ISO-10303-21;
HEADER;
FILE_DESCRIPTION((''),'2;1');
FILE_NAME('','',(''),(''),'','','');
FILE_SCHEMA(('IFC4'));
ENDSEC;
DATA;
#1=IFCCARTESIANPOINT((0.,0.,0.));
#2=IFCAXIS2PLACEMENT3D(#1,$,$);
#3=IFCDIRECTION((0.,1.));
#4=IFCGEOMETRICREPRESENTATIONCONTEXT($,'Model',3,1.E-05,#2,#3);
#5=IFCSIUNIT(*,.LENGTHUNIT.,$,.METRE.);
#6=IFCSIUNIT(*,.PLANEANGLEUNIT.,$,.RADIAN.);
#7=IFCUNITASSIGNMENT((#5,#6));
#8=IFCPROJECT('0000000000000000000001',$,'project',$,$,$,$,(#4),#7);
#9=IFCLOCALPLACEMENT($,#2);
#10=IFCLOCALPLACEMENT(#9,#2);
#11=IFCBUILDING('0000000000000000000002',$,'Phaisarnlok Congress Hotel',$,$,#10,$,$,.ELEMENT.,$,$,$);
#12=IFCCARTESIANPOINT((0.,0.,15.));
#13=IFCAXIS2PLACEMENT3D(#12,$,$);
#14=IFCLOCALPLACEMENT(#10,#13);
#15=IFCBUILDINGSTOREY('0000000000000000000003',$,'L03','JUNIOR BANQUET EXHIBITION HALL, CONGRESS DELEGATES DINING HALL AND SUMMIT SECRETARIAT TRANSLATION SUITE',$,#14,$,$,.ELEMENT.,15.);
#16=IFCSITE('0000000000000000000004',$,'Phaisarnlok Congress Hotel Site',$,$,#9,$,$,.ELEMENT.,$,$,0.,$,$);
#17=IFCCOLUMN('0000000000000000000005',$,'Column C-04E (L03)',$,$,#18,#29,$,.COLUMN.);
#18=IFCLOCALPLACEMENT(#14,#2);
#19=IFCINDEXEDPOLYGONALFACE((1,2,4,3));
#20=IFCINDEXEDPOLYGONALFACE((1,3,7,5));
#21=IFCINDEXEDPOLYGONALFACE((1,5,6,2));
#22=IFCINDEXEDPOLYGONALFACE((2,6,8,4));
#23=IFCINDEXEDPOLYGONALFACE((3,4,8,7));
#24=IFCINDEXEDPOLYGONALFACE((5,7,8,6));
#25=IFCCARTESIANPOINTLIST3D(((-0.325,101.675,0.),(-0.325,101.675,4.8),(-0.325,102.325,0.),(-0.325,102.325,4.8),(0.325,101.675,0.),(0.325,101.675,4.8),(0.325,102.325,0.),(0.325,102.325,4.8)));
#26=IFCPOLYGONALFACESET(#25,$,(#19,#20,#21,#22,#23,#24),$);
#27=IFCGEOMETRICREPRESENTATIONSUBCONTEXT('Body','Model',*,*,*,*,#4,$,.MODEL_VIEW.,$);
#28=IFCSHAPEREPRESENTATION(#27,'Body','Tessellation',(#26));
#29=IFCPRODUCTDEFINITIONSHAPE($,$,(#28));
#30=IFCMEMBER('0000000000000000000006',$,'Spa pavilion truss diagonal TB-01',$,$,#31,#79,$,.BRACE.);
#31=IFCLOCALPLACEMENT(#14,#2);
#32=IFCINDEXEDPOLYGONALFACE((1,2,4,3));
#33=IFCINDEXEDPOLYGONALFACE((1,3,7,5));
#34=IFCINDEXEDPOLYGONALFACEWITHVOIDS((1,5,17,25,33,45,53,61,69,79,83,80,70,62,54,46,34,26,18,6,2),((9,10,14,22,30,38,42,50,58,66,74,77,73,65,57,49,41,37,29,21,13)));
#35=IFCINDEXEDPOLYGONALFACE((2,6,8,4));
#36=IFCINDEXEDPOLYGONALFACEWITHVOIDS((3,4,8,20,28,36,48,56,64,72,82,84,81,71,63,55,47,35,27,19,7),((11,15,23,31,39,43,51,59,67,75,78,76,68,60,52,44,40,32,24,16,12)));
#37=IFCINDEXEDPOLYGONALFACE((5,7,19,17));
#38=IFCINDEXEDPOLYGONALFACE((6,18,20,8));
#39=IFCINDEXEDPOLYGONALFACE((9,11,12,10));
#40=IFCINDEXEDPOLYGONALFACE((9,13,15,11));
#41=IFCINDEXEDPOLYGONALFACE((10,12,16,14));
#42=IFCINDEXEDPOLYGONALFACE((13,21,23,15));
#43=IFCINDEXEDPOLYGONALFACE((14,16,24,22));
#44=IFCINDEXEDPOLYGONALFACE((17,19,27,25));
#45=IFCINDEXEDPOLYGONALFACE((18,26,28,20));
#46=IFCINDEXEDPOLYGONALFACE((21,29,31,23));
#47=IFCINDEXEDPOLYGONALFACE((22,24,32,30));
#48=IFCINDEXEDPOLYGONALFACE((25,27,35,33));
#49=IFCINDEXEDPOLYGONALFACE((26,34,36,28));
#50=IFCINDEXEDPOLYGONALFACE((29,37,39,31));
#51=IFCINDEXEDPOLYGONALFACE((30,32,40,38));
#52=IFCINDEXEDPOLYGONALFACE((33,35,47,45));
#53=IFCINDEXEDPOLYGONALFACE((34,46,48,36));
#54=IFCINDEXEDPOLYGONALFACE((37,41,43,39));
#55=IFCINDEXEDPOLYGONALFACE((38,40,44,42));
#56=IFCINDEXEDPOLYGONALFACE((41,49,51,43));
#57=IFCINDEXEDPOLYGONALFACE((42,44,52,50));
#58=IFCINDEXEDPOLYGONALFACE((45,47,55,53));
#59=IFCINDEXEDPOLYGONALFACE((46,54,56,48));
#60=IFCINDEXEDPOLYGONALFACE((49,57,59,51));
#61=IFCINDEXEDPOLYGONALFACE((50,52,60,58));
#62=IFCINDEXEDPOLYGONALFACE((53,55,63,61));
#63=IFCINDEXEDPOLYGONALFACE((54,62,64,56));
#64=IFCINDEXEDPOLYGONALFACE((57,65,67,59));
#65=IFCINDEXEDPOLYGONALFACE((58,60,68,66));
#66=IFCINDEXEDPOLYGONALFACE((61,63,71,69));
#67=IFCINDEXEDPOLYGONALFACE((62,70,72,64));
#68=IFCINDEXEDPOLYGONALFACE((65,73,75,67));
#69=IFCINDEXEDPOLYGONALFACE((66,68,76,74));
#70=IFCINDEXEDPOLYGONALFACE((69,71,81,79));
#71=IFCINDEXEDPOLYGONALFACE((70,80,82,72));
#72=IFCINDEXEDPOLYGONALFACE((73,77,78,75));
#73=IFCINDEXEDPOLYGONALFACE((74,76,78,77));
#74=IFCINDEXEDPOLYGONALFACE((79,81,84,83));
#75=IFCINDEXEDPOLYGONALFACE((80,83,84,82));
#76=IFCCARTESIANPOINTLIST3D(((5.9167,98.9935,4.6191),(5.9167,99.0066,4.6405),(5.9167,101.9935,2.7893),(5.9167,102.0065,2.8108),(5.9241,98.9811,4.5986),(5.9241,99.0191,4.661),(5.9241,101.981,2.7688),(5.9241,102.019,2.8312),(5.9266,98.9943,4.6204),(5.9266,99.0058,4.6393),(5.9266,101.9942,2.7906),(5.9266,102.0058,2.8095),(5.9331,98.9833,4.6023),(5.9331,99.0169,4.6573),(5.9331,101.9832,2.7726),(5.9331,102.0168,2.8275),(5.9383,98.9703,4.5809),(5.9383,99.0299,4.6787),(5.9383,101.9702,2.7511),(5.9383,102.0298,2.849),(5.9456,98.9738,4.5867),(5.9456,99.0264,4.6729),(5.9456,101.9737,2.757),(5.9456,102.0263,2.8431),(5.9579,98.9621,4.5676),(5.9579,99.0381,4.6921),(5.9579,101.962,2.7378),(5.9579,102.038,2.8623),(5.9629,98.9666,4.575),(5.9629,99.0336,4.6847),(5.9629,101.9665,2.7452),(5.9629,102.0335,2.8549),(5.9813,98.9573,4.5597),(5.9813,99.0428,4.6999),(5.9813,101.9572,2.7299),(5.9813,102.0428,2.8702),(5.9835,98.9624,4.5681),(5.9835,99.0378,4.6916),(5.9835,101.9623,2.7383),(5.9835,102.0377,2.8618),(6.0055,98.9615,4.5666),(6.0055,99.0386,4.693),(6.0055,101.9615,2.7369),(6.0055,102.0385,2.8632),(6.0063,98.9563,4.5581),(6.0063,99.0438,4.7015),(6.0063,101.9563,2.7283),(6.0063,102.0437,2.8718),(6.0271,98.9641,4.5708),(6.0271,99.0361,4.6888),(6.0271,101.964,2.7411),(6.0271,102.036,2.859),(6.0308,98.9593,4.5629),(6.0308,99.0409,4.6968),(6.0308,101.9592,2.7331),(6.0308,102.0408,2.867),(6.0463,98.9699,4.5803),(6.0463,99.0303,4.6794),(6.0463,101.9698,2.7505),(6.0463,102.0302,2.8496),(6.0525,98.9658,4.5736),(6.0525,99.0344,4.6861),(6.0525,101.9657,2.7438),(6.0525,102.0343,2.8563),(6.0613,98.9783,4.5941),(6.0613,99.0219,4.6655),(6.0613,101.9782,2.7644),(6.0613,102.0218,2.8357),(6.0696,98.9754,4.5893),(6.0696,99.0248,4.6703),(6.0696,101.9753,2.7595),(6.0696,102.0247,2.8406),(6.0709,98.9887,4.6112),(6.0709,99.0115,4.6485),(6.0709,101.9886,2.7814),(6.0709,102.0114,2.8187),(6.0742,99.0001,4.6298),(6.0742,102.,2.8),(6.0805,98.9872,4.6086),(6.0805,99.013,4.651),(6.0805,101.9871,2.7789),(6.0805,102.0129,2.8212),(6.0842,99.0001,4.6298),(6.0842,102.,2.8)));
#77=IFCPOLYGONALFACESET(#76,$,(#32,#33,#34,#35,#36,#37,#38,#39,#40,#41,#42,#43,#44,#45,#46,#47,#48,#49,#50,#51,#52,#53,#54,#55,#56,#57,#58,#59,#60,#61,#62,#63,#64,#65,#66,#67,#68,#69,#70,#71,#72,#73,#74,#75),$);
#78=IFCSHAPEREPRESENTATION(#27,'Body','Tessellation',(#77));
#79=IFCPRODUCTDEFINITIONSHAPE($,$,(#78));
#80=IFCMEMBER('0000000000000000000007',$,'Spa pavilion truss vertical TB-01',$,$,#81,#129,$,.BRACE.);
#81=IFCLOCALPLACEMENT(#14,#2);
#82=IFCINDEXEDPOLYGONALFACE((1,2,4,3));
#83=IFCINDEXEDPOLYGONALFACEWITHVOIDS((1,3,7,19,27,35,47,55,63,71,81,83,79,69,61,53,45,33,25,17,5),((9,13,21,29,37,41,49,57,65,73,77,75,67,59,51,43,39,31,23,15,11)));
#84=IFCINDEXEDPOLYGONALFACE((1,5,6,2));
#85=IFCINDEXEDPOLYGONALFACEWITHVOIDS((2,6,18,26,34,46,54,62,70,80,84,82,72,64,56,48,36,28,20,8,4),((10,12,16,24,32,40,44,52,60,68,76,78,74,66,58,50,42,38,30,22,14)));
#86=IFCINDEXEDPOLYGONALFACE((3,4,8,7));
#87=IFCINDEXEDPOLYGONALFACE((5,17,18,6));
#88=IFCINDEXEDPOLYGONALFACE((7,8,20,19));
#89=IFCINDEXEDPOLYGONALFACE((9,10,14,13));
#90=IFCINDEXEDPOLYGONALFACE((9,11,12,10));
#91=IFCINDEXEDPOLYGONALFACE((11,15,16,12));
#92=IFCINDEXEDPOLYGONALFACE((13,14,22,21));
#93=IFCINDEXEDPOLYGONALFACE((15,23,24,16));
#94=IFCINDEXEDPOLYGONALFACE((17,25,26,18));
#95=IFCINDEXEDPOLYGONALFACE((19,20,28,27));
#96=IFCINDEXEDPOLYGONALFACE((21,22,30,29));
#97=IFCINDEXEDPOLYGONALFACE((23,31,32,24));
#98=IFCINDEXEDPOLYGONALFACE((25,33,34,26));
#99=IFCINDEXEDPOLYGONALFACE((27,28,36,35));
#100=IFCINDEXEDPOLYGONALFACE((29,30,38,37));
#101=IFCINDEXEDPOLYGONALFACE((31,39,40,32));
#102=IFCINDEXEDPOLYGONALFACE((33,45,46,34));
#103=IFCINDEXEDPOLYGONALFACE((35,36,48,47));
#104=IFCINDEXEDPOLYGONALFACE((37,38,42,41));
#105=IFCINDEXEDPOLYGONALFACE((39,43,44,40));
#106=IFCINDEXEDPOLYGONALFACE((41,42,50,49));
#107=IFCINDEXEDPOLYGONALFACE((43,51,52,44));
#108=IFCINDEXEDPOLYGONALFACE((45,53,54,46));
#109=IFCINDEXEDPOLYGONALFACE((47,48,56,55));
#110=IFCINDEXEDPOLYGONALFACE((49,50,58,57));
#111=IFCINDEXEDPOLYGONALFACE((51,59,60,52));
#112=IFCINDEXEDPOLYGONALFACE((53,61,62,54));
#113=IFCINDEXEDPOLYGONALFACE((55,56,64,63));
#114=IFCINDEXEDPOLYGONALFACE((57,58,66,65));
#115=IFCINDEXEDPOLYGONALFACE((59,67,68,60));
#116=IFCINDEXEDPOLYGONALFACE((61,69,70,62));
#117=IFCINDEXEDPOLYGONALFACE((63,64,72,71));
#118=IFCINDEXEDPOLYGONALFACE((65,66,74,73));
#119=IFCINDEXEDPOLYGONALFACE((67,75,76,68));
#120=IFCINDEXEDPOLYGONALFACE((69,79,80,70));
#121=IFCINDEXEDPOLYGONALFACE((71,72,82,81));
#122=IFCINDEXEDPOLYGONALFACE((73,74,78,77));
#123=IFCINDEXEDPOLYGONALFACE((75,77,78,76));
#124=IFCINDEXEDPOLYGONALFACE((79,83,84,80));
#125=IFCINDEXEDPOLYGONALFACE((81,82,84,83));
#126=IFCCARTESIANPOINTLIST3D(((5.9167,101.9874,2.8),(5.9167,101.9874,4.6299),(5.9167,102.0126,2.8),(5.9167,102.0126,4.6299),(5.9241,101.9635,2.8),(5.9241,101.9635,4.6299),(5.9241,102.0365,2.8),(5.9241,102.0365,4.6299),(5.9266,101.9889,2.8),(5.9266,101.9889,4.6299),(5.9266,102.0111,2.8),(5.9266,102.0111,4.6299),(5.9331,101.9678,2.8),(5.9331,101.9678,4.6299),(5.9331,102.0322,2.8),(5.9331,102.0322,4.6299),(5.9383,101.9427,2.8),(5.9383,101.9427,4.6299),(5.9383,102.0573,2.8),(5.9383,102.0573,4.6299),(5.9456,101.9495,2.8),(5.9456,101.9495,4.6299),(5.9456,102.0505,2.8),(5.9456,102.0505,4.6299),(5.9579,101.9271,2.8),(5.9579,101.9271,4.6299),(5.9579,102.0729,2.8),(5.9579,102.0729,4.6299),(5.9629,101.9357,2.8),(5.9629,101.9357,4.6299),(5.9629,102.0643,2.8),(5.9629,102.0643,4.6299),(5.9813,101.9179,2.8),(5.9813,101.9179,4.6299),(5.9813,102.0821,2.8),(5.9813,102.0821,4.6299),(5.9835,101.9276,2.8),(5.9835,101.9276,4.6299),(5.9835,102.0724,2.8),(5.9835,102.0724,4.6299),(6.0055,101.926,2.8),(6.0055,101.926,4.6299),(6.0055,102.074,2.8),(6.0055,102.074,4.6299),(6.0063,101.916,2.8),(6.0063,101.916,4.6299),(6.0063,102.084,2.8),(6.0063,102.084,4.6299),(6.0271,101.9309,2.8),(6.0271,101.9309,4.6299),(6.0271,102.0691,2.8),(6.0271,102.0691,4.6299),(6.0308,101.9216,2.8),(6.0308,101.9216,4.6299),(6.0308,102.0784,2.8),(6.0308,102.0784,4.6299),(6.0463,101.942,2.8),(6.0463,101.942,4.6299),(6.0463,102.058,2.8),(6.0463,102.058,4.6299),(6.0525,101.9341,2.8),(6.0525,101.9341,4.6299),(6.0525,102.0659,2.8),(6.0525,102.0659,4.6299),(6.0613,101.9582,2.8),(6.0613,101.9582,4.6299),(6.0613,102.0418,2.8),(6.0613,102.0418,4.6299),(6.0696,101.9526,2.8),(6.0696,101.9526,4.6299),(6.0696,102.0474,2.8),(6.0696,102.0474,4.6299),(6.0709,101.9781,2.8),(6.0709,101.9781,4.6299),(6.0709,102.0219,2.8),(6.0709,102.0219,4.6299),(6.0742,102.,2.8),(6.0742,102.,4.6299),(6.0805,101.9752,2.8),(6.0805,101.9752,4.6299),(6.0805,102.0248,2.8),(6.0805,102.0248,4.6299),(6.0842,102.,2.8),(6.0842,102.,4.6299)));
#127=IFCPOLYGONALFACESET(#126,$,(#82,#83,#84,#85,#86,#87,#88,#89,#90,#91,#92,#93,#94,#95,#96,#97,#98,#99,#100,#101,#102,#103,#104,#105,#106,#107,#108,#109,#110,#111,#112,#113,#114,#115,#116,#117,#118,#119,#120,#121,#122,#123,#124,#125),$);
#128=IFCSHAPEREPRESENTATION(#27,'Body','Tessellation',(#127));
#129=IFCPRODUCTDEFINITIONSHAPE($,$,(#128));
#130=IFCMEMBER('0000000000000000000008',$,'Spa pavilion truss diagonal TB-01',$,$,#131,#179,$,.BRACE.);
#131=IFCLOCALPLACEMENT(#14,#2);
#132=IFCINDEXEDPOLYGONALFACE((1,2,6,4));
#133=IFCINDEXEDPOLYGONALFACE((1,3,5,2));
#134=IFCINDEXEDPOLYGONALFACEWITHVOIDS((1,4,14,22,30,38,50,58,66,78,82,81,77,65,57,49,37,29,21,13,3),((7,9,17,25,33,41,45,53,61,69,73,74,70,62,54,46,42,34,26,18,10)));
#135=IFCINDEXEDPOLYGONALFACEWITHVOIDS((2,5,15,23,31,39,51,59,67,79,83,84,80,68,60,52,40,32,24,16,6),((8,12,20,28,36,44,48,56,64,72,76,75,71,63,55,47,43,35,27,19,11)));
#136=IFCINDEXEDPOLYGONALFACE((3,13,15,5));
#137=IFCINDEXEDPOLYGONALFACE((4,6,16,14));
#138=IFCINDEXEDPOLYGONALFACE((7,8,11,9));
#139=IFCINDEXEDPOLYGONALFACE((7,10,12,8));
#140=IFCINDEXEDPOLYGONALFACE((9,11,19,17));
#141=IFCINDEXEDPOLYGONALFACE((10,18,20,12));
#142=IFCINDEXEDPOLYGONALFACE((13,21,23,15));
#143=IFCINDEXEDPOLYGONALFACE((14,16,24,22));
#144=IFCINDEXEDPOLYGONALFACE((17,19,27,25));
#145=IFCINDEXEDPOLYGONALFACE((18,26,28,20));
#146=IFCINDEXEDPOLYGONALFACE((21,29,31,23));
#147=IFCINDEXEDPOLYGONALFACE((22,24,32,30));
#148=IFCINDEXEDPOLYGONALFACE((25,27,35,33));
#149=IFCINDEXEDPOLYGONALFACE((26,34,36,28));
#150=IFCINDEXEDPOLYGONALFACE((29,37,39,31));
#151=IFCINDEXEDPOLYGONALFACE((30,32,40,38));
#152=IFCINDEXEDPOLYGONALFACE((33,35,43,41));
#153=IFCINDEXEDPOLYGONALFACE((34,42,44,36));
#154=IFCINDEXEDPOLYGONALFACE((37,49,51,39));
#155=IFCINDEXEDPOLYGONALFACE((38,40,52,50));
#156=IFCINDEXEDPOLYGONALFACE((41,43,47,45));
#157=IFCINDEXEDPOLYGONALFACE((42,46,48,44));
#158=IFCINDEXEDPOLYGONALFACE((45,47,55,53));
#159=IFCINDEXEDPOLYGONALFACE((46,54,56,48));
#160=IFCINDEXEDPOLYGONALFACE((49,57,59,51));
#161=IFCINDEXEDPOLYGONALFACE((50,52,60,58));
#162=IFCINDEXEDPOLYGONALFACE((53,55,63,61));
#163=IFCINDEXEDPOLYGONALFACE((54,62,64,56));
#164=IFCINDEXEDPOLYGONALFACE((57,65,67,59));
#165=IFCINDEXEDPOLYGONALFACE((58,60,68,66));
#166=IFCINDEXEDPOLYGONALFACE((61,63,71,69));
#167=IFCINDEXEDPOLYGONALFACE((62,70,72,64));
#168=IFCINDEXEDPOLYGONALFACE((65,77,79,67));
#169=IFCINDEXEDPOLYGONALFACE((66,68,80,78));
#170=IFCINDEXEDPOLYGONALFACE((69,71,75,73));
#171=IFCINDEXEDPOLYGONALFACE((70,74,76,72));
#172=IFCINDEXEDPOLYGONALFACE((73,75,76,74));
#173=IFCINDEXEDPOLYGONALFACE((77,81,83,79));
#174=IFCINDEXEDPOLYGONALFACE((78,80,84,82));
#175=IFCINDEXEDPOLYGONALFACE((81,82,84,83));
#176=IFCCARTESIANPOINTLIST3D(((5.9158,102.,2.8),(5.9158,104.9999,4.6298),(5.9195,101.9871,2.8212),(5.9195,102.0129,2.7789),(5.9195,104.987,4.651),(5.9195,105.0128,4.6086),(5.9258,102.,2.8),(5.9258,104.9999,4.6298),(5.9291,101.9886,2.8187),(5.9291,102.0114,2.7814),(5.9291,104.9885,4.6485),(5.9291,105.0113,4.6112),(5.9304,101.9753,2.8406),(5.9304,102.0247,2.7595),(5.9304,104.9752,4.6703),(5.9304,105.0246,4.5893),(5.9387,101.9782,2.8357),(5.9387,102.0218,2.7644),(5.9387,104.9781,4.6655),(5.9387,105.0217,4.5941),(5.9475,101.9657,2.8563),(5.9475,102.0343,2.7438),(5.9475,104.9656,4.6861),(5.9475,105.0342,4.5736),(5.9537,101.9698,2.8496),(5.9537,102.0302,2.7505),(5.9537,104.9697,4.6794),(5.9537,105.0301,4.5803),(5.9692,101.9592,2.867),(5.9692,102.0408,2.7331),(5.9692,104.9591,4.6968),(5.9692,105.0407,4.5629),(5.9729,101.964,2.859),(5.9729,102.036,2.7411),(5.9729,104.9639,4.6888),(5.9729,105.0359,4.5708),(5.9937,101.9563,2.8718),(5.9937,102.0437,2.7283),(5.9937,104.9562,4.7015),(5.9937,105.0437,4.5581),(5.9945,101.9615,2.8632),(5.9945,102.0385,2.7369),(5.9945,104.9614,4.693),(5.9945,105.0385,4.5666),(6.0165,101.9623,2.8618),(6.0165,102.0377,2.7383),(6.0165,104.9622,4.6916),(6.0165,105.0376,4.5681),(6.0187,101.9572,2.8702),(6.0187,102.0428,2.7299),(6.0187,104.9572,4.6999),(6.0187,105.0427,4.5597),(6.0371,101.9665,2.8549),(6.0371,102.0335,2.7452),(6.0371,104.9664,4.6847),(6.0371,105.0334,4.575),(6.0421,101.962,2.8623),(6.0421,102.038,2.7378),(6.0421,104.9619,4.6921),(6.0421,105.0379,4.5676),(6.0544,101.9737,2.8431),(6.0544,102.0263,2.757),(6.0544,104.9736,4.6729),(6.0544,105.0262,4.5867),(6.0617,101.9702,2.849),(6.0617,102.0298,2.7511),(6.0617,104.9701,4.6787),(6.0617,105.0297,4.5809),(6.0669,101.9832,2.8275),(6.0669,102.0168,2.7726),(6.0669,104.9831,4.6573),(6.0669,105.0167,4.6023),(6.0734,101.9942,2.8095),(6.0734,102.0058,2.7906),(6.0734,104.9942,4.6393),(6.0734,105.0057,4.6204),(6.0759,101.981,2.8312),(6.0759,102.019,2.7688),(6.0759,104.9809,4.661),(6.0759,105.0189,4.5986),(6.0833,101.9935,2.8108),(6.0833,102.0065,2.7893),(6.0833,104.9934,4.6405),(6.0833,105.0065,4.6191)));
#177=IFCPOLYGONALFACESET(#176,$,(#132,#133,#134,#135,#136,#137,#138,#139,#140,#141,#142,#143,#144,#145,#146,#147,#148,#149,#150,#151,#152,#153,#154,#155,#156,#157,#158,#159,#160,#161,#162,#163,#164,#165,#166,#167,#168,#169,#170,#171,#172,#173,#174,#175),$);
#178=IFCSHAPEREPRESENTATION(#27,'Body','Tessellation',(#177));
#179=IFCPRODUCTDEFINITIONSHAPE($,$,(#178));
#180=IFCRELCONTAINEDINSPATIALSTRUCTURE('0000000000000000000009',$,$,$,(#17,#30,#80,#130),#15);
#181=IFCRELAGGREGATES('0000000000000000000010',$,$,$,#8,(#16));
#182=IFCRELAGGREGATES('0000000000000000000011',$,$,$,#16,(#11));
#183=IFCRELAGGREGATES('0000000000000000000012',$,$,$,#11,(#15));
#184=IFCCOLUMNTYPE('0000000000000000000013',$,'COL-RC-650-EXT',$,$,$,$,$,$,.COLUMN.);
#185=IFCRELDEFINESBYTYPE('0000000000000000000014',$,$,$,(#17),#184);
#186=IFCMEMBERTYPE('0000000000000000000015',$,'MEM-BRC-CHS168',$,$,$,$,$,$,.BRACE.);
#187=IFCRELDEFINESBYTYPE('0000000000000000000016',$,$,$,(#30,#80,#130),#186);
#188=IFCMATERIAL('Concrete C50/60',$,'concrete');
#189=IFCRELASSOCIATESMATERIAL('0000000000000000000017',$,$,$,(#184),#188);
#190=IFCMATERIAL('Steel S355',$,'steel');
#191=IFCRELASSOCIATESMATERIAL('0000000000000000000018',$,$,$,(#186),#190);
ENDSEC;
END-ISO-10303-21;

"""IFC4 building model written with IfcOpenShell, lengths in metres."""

from ifc_helpers import new_model, si_unit, direction, frame, origin, origin_2d, place, context, subcontext, project, spatial, rectangle, hollow_circle, extrude, material, material_profile, profile_set, type_object, element, save


model = new_model("IFC4")

# Units and contexts
model_context = context("Model", 3, precision=1e-05, world=origin(), true_north=direction((0.0, 1.0)))
body_context = subcontext(model_context, "Body", "Model", "MODEL_VIEW")
ifc_project = project(units=[si_unit("LENGTHUNIT", "METRE"), si_unit("PLANEANGLEUNIT", "RADIAN")], contexts=[model_context])

# Site, building, storey
site_placement = place(None, origin())
site = spatial("IfcSite", under=ifc_project, at=site_placement, Name="Phaisarnlok Congress Hotel Site", CompositionType="ELEMENT", RefElevation=0.0)
building_placement = place(site_placement, origin())
building = spatial("IfcBuilding", under=site, at=building_placement, Name="Phaisarnlok Congress Hotel", CompositionType="ELEMENT")
storey_placement = place(building_placement, frame((0.0, 0.0, 15.0)))
storey = spatial("IfcBuildingStorey", under=building, at=storey_placement, Name="L03", Description="JUNIOR BANQUET EXHIBITION HALL, CONGRESS DELEGATES DINING HALL AND SUMMIT SECRETARIAT TRANSLATION SUITE", CompositionType="ELEMENT", Elevation=15.0)

# Column
ifc_material_1 = material(Name="Concrete C50/60", Category="concrete")
ifc_material_profile_1 = material_profile(ifc_material_1, rectangle(XDim=0.6499, YDim=0.6499, at=origin_2d()), Name="RC 650x650")
ifc_profile_set_1 = profile_set([ifc_material_profile_1], Name="Concrete C50/60")
column_type = type_object("IfcColumnType", Name="COL-RC-650-EXT", PredefinedType="COLUMN", material=ifc_profile_set_1)
column_placement = place(storey_placement, frame((0.0, 102.0, 0.0), z_axis=(0.0, 0.0, 1.0), x_axis=(1.0, 0.0, 0.0)))
element("IfcColumn", 1, at=column_placement, inside=storey, type_object=column_type, Name="Column C-04E (L03)", PredefinedType="COLUMN", context=body_context, shape_type="SweptSolid", body=[
    extrude(rectangle(XDim=0.6499, YDim=0.6499, at=origin_2d()), origin(), (0.0, 0.0, 1.0), 4.8),
])

# Members
ifc_material_2 = material(Name="Steel S355", Category="steel")
ifc_material_profile_2 = material_profile(ifc_material_2, hollow_circle(Radius=0.0842, WallThickness=0.01, at=origin_2d()), Name="CHS 168.3x10")
ifc_profile_set_2 = profile_set([ifc_material_profile_2], Name="Steel S355")
member_type_1 = type_object("IfcMemberType", Name="MEM-BRC-CHS168", PredefinedType="BRACE", material=ifc_profile_set_2)
member_1_placement = place(storey_placement, frame((6.0, 102.0, 2.8), z_axis=(0.0, -0.853725, 0.520725), x_axis=(1.0, 0.0, 0.0)))
element("IfcMember", 2, at=member_1_placement, inside=storey, type_object=member_type_1, Name="Spa pavilion truss diagonal TB-01", PredefinedType="BRACE", context=body_context, shape_type="SweptSolid", body=[
    extrude(hollow_circle(Radius=0.0842, WallThickness=0.01, at=origin_2d()), origin(), (0.0, 0.0, 1.0), 3.5139),
])
member_2_placement = place(storey_placement, frame((6.0, 102.0, 2.8), z_axis=(0.0, 0.0, 1.0), x_axis=(1.0, 0.0, 0.0)))
element("IfcMember", 3, at=member_2_placement, inside=storey, type_object=member_type_1, Name="Spa pavilion truss vertical TB-01", PredefinedType="BRACE", context=body_context, shape_type="SweptSolid", body=[
    extrude(hollow_circle(Radius=0.0842, WallThickness=0.01, at=origin_2d()), origin(), (0.0, 0.0, 1.0), 1.8298),
])
member_3_placement = place(storey_placement, frame((6.0, 102.0, 2.8), z_axis=(0.0, 0.853725, 0.520725), x_axis=(-1.0, 0.0, 0.0)))
element("IfcMember", 4, at=member_3_placement, inside=storey, type_object=member_type_1, Name="Spa pavilion truss diagonal TB-01", PredefinedType="BRACE", context=body_context, shape_type="SweptSolid", body=[
    extrude(hollow_circle(Radius=0.0842, WallThickness=0.01, at=origin_2d()), origin(), (0.0, 0.0, 1.0), 3.5139),
])

save(model, "model.ifc")
